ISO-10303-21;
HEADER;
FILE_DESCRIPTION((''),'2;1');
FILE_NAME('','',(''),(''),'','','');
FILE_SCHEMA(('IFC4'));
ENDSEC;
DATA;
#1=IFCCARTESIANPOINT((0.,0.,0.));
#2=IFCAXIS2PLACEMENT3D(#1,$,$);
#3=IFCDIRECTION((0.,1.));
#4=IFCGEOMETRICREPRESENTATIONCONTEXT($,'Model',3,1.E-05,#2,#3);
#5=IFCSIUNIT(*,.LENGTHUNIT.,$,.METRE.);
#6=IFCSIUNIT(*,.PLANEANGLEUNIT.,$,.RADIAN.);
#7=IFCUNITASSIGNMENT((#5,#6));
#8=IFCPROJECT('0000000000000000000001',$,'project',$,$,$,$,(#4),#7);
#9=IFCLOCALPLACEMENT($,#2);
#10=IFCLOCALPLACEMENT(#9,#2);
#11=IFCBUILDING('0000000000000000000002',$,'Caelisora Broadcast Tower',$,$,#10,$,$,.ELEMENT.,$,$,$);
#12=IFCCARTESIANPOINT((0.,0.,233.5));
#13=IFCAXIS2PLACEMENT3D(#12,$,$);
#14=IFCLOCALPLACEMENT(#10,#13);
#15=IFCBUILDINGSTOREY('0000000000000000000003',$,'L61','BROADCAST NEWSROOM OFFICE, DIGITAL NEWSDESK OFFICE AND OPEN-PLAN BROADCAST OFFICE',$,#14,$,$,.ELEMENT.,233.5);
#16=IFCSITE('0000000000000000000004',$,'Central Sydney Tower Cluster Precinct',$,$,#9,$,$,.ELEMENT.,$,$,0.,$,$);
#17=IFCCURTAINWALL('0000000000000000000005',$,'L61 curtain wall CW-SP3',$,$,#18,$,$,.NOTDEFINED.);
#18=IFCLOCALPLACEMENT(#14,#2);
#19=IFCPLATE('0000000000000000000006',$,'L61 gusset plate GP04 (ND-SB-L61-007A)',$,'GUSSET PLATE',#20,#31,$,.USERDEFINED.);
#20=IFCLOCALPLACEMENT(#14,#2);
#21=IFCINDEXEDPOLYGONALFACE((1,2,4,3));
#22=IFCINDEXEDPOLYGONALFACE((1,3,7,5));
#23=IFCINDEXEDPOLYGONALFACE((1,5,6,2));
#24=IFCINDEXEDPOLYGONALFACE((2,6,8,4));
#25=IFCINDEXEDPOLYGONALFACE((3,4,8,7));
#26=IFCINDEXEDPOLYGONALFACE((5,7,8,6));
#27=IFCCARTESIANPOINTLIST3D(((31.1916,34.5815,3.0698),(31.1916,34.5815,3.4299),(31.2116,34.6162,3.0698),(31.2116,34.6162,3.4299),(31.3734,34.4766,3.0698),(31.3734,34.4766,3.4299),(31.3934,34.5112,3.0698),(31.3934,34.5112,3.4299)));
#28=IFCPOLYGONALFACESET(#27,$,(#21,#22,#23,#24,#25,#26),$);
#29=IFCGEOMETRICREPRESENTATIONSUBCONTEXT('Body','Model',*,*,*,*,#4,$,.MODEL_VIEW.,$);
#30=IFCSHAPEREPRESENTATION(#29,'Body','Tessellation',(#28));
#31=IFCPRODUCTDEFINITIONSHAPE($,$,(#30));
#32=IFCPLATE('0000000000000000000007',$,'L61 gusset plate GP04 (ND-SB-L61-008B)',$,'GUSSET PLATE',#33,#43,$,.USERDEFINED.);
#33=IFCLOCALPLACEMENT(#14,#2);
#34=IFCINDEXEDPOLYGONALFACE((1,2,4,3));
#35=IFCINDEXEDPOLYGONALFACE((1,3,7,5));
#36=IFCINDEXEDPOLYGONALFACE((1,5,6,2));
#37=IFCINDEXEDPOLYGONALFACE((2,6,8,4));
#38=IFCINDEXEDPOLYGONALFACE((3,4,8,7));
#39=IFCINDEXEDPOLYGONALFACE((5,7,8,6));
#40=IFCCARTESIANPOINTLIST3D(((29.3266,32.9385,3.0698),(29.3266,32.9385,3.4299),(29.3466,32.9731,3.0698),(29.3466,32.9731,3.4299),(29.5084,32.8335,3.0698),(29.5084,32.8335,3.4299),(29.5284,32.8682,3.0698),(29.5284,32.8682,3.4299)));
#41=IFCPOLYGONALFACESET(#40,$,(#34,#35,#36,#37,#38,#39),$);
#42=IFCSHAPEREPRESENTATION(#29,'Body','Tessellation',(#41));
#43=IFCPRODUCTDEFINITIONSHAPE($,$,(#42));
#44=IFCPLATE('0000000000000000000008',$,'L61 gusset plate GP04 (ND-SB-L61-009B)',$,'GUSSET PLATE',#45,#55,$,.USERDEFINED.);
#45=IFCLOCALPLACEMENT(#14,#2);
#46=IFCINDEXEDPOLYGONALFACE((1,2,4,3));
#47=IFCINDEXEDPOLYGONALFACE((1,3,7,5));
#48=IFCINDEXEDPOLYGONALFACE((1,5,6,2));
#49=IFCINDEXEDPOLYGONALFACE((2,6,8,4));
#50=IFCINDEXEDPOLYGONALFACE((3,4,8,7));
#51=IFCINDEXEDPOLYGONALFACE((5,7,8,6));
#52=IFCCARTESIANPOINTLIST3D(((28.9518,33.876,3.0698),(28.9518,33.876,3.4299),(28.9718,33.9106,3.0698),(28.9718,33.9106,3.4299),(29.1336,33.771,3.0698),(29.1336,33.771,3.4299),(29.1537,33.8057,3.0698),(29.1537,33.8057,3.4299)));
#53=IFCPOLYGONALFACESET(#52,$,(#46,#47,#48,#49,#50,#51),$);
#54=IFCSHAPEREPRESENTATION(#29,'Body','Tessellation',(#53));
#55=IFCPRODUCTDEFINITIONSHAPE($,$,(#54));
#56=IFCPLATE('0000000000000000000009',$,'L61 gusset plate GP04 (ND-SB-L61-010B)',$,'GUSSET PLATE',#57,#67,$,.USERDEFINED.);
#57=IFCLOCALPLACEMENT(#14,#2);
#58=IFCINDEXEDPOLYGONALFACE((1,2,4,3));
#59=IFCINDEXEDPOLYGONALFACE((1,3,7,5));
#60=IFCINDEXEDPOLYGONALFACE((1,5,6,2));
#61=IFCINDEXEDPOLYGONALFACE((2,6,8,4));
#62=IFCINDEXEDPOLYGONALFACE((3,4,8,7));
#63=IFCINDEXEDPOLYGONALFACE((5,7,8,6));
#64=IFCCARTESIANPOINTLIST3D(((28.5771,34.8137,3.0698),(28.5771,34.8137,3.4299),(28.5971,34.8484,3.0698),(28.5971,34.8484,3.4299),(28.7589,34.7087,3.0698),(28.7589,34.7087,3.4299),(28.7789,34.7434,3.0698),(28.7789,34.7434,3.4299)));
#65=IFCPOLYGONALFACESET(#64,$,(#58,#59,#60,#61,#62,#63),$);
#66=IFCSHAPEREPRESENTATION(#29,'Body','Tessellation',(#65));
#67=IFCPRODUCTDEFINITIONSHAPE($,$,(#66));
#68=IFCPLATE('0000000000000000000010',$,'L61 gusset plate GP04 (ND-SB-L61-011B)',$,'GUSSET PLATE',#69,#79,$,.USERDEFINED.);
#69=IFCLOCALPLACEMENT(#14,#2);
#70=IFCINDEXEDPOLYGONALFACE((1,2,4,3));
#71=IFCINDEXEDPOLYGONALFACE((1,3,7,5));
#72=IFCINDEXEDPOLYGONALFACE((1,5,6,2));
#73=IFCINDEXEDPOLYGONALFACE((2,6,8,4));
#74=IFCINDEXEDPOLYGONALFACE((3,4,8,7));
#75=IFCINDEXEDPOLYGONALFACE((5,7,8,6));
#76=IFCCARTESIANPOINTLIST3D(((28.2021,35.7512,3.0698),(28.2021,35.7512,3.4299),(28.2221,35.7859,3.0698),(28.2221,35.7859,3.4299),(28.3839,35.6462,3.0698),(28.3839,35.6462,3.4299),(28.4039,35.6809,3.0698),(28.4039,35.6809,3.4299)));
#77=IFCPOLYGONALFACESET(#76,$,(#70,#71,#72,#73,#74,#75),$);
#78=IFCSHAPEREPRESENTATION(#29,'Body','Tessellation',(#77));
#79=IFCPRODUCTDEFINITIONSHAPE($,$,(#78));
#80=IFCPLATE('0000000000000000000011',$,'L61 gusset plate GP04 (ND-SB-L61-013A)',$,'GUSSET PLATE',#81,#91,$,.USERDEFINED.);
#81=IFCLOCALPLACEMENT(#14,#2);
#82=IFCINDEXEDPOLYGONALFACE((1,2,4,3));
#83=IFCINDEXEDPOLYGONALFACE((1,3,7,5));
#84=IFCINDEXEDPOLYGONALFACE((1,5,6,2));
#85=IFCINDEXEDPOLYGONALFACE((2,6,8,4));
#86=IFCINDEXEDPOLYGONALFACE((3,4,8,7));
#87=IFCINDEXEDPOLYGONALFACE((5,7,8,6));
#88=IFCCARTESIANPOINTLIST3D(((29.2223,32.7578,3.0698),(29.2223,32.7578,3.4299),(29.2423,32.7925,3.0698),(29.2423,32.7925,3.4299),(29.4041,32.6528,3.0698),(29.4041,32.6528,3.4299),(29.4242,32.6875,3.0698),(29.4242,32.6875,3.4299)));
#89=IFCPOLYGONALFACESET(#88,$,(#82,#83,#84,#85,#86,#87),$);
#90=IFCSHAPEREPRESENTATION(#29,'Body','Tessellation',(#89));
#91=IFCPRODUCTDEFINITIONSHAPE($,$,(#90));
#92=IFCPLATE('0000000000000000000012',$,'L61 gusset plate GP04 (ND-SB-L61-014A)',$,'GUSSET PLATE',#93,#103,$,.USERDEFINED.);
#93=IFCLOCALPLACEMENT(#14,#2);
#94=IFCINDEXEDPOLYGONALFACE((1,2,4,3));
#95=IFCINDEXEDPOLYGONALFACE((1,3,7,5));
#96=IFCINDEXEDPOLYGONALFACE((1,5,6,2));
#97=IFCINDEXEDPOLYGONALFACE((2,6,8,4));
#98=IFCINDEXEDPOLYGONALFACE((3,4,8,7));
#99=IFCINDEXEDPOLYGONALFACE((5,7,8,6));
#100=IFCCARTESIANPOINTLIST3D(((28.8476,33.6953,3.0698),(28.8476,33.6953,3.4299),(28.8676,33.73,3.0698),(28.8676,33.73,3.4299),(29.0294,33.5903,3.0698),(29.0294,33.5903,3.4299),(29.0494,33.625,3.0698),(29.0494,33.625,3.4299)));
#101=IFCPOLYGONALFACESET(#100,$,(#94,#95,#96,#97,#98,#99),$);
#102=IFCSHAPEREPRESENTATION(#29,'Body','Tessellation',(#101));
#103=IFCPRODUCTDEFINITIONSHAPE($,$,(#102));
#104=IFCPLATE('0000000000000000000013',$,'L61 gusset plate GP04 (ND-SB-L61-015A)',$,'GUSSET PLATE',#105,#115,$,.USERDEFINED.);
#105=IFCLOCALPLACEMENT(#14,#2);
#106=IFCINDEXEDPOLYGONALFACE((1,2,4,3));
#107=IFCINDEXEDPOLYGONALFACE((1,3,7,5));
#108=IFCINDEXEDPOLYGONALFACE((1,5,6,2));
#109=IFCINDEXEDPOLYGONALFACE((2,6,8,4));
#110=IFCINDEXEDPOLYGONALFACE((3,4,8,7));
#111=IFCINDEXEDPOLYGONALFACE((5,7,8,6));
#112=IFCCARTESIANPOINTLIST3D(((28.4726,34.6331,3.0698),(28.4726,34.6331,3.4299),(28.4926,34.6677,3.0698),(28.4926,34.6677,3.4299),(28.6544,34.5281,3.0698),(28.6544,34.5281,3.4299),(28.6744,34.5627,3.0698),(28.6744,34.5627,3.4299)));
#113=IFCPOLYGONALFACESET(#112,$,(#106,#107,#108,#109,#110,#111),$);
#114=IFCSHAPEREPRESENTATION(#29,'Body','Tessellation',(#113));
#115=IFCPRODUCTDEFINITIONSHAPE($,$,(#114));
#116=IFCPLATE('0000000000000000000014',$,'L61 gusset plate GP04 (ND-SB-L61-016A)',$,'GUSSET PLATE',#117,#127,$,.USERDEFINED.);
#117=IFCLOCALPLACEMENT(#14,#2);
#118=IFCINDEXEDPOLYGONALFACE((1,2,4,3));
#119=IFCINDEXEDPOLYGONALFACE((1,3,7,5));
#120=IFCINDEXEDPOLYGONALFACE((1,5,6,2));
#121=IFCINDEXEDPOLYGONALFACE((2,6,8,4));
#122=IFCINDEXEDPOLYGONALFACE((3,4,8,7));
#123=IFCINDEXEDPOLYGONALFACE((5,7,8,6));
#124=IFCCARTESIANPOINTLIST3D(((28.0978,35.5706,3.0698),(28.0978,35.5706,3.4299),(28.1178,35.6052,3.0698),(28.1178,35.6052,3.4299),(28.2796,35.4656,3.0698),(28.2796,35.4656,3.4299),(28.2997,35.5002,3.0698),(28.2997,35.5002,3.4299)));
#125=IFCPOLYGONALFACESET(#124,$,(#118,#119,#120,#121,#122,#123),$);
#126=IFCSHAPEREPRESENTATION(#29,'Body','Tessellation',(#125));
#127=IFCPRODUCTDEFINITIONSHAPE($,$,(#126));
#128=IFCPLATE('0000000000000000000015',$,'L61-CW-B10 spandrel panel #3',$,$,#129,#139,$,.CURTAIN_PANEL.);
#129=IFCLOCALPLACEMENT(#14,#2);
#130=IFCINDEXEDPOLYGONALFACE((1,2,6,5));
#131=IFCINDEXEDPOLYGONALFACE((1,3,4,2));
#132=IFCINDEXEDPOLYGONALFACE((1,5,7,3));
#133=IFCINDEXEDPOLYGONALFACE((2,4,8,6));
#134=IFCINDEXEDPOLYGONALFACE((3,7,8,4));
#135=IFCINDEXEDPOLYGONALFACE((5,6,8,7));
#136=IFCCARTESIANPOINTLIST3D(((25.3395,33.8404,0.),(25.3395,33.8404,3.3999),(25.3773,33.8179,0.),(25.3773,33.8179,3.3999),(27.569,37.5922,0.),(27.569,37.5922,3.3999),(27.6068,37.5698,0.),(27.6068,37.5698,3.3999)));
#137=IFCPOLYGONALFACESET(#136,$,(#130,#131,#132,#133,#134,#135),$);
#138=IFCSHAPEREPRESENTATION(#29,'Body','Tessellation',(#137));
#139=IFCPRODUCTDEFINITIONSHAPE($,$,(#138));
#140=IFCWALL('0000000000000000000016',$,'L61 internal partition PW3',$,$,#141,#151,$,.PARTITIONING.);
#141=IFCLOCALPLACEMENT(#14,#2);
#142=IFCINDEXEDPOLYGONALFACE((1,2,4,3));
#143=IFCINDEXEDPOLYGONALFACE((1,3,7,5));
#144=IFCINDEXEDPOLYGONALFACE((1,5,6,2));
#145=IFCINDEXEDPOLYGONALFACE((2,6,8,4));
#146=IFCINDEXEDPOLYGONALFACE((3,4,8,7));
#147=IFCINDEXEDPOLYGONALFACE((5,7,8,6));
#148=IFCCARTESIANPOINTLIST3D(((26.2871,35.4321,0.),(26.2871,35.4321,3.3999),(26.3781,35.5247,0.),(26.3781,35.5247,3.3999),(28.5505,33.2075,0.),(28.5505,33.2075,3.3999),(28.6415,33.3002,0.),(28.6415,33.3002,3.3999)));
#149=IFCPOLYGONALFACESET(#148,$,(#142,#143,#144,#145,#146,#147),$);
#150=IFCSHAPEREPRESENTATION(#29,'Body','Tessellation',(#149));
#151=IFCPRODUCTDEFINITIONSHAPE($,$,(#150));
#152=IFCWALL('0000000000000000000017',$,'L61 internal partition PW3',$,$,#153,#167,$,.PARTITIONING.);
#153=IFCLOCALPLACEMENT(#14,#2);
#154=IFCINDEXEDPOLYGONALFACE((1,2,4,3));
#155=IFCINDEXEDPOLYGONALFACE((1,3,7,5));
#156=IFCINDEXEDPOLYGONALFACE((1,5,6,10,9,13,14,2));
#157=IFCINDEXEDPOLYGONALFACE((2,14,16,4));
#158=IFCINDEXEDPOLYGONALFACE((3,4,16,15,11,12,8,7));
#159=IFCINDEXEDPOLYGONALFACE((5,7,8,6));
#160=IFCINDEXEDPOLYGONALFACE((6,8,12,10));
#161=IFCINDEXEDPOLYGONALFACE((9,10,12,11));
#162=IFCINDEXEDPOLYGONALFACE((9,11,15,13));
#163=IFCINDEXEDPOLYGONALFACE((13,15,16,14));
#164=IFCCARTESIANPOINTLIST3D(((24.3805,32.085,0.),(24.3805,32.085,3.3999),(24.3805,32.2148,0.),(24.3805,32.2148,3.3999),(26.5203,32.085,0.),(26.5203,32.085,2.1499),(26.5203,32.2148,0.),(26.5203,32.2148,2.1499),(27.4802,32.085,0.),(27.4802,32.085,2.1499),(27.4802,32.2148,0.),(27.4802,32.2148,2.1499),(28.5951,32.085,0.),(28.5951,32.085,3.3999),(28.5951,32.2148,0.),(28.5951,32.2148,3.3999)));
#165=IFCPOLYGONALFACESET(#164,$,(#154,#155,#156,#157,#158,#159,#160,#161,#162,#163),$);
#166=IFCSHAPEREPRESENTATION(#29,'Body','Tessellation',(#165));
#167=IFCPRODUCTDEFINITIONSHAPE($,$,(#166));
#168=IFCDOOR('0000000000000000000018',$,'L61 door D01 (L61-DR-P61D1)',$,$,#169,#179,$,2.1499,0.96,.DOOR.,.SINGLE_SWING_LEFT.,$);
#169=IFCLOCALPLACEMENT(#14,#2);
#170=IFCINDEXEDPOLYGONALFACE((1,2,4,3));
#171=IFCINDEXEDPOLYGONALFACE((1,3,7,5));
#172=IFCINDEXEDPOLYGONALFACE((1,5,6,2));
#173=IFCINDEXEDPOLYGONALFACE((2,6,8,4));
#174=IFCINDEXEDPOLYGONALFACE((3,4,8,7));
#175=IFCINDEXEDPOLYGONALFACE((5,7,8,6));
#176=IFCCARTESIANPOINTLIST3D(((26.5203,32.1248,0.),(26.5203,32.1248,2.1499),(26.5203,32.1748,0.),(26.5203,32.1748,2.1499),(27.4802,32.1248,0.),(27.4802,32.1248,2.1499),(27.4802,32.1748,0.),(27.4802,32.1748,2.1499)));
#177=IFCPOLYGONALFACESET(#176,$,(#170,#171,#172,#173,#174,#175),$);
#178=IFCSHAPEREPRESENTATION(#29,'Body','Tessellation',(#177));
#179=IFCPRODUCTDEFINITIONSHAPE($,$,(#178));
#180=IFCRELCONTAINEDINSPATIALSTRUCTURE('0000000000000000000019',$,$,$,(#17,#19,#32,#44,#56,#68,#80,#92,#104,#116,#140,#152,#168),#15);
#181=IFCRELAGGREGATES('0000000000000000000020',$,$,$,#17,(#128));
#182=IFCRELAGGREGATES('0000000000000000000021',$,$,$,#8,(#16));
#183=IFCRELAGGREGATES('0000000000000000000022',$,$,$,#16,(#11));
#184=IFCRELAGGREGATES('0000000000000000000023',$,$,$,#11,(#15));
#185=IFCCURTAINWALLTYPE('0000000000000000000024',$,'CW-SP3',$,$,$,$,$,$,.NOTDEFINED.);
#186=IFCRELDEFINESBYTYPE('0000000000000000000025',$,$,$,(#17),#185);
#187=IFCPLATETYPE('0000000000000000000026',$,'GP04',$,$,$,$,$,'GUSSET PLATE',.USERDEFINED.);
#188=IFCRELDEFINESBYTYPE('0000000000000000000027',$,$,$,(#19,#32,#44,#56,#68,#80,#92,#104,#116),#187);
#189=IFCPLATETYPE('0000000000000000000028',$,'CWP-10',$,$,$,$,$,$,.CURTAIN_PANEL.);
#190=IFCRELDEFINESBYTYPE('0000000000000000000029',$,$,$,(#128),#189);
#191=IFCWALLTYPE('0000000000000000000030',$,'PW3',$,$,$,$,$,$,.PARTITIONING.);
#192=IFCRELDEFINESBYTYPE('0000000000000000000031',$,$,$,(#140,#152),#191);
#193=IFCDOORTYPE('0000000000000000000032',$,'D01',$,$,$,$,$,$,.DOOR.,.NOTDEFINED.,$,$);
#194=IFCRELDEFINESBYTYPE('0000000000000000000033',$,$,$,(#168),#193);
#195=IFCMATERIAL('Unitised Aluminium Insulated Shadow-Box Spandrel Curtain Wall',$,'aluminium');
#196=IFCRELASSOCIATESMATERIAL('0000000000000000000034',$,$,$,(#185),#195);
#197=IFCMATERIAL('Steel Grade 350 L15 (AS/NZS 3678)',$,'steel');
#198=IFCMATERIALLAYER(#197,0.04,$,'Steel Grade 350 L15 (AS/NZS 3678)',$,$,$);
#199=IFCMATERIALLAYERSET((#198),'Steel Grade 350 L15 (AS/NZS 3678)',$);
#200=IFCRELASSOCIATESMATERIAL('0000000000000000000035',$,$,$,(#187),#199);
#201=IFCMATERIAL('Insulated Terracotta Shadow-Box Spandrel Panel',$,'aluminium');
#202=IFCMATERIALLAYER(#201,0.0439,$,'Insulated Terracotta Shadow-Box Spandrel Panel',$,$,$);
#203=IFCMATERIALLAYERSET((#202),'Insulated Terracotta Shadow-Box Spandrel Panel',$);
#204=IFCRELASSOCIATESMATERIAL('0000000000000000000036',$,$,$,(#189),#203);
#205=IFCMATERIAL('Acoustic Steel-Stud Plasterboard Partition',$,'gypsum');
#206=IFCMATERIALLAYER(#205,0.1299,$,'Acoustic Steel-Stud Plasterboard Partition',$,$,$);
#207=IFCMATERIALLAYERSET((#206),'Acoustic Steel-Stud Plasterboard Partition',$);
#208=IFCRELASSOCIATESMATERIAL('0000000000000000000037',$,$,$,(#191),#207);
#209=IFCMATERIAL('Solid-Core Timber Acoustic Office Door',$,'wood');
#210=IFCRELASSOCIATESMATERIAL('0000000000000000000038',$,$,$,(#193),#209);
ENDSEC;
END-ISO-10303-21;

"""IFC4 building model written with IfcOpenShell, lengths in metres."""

from ifc_helpers import new_model, si_unit, direction, frame, frame_2d, origin, origin_2d, place, context, subcontext, project, spatial, rectangle, extrude, source, transform, mapped, material, layer, layer_set, type_object, type_shapes, element, fill, aggregate, save


model = new_model("IFC4")

# Units and contexts
model_context = context("Model", 3, precision=1e-05, world=origin(), true_north=direction((0.0, 1.0)))
body_context = subcontext(model_context, "Body", "Model", "MODEL_VIEW")
ifc_project = project(units=[si_unit("LENGTHUNIT", "METRE"), si_unit("PLANEANGLEUNIT", "RADIAN")], contexts=[model_context])

# Site, building, storey
site_placement = place(None, origin())
site = spatial("IfcSite", under=ifc_project, at=site_placement, Name="Central Sydney Tower Cluster Precinct", CompositionType="ELEMENT", RefElevation=0.0)
building_placement = place(site_placement, origin())
building = spatial("IfcBuilding", under=site, at=building_placement, Name="Caelisora Broadcast Tower", CompositionType="ELEMENT")
storey_placement = place(building_placement, frame((0.0, 0.0, 233.5)))
storey = spatial("IfcBuildingStorey", under=building, at=storey_placement, Name="L61", Description="BROADCAST NEWSROOM OFFICE, DIGITAL NEWSDESK OFFICE AND OPEN-PLAN BROADCAST OFFICE", CompositionType="ELEMENT", Elevation=233.5)

# Curtain wall
ifc_material_1 = material(Name="Unitised Aluminium Insulated Shadow-Box Spandrel Curtain Wall", Category="aluminium")
curtain_wall_type = type_object("IfcCurtainWallType", Name="CW-SP3", PredefinedType="NOTDEFINED", material=ifc_material_1)
curtain_wall_placement = place(storey_placement, origin())
curtain_wall = element("IfcCurtainWall", 1, at=curtain_wall_placement, inside=storey, type_object=curtain_wall_type, Name="L61 curtain wall CW-SP3", PredefinedType="NOTDEFINED")

# Plates
ifc_material_2 = material(Name="Steel Grade 350 L15 (AS/NZS 3678)", Category="steel")
ifc_layer_1 = layer(ifc_material_2, 0.04, Name="Steel Grade 350 L15 (AS/NZS 3678)")
ifc_layer_set_1 = layer_set([ifc_layer_1], Name="Steel Grade 350 L15 (AS/NZS 3678)")
plate_type_1 = type_object("IfcPlateType", Name="GP04", ElementType="GUSSET PLATE", PredefinedType="USERDEFINED", material=ifc_layer_set_1)
shared_shape_1 = source(origin(), body_context, "Body", "SweptSolid", [
    extrude(rectangle(XDim=0.21, YDim=0.04, at=origin_2d()), origin(), (0.0, 0.0, 1.0), 0.3601),
])
type_shapes(plate_type_1, [shared_shape_1])
for number, where, z_axis, x_axis, name in (
    (2, (31.2925, 34.5464, 3.0698), (0.0, 0.0, 1.0), (0.866025, -0.5, 0.0), "L61 gusset plate GP04 (ND-SB-L61-007A)"),
    (3, (29.4275, 32.9033, 3.0698), (0.0, 0.0, 1.0), (0.866025, -0.5, 0.0), "L61 gusset plate GP04 (ND-SB-L61-008B)"),
    (4, (29.0527, 33.8408, 3.0698), (0.0, 0.0, 1.0), (0.866025, -0.5, 0.0), "L61 gusset plate GP04 (ND-SB-L61-009B)"),
    (5, (28.678, 34.7786, 3.0698), (0.0, 0.0, 1.0), (0.866025, -0.5, 0.0), "L61 gusset plate GP04 (ND-SB-L61-010B)"),
    (6, (28.303, 35.7161, 3.0698), (0.0, 0.0, 1.0), (0.866025, -0.5, 0.0), "L61 gusset plate GP04 (ND-SB-L61-011B)"),
    (7, (29.3232, 32.7227, 3.0698), (0.0, 0.0, 1.0), (0.866025, -0.5, 0.0), "L61 gusset plate GP04 (ND-SB-L61-013A)"),
    (8, (28.9485, 33.6602, 3.0698), (0.0, 0.0, 1.0), (0.866025, -0.5, 0.0), "L61 gusset plate GP04 (ND-SB-L61-014A)"),
    (9, (28.5735, 34.5979, 3.0698), (0.0, 0.0, 1.0), (0.866025, -0.5, 0.0), "L61 gusset plate GP04 (ND-SB-L61-015A)"),
    (10, (28.1987, 35.5354, 3.0698), (0.0, 0.0, 1.0), (0.866025, -0.5, 0.0), "L61 gusset plate GP04 (ND-SB-L61-016A)"),
):
    element("IfcPlate", number, at=place(storey_placement, frame(where, z_axis=z_axis, x_axis=x_axis)), inside=storey, type_object=plate_type_1, Name=name, ObjectType="GUSSET PLATE", PredefinedType="USERDEFINED", context=body_context, shape_type="MappedRepresentation", body=[
        mapped(shared_shape_1, transform((0.0, 0.0, 0.0), scale=1.0)),
    ])

# Plate
ifc_material_3 = material(Name="Insulated Terracotta Shadow-Box Spandrel Panel", Category="aluminium")
ifc_layer_2 = layer(ifc_material_3, 0.0439, Name="Insulated Terracotta Shadow-Box Spandrel Panel")
ifc_layer_set_2 = layer_set([ifc_layer_2], Name="Insulated Terracotta Shadow-Box Spandrel Panel")
plate_type_2 = type_object("IfcPlateType", Name="CWP-10", PredefinedType="CURTAIN_PANEL", material=ifc_layer_set_2)
shared_shape_2 = source(origin(), body_context, "Body", "SweptSolid", [
    extrude(rectangle(XDim=4.3643, YDim=0.0439, at=origin_2d()), origin(), (0.0, 0.0, 1.0), 3.3999),
])
type_shapes(plate_type_2, [shared_shape_2])
plate_placement = place(storey_placement, frame((26.4731, 35.7051, 0.0), z_axis=(0.0, 0.0, 1.0), x_axis=(0.510843, 0.859674, 0.0)))
plate = element("IfcPlate", 11, at=plate_placement, type_object=plate_type_2, Name="L61-CW-B10 spandrel panel #3", PredefinedType="CURTAIN_PANEL", context=body_context, shape_type="MappedRepresentation", body=[
    mapped(shared_shape_2, transform((0.0, 0.0, 0.0), scale=1.0)),
])
aggregate(curtain_wall, [plate])

# Wall
ifc_material_4 = material(Name="Acoustic Steel-Stud Plasterboard Partition", Category="gypsum")
ifc_layer_3 = layer(ifc_material_4, 0.1299, Name="Acoustic Steel-Stud Plasterboard Partition")
ifc_layer_set_3 = layer_set([ifc_layer_3], Name="Acoustic Steel-Stud Plasterboard Partition")
wall_type_1 = type_object("IfcWallType", Name="PW3", PredefinedType="PARTITIONING", material=ifc_layer_set_3)
wall_1_placement = place(storey_placement, frame((26.3325, 35.4785, 0.0), z_axis=(0.0, 0.0, 1.0), x_axis=(0.713196, -0.700965, 0.0)))
element("IfcWall", 12, at=wall_1_placement, inside=storey, type_object=wall_type_1, Name="L61 internal partition PW3", PredefinedType="PARTITIONING", context=body_context, shape_type="SweptSolid", body=[
    extrude(rectangle(XDim=3.1736, YDim=0.1299, at=frame_2d((1.5869, 0.0))), origin(), (0.0, 0.0, 1.0), 3.3999),
])

# Wall, opening, door
wall_2_placement = place(storey_placement, frame((24.3804, 32.1499, 0.0), z_axis=(0.0, 0.0, 1.0), x_axis=(1.0, 0.0, 0.0)))
wall_2 = element("IfcWall", 13, at=wall_2_placement, inside=storey, type_object=wall_type_1, Name="L61 internal partition PW3", PredefinedType="PARTITIONING", context=body_context, shape_type="SweptSolid", body=[
    extrude(rectangle(XDim=4.2146, YDim=0.1299, at=frame_2d((2.1074, 0.0))), origin(), (0.0, 0.0, 1.0), 3.3999),
])
opening_1_placement = place(wall_2_placement, frame((2.1399, 0.0, 0.0)))
opening_1 = element("IfcOpeningElement", 14, at=opening_1_placement, cuts=wall_2, PredefinedType="OPENING", context=body_context, shape_type="SweptSolid", body=[
    extrude(rectangle(XDim=0.96, YDim=2.1499, at=frame_2d((0.48, 1.075))), frame((0.0, 0.0769, 0.0), z_axis=(0.0, -1.0, 0.0), x_axis=(1.0, 0.0, 0.0)), (0.0, 0.0, 1.0), 0.1538),
])
ifc_material_5 = material(Name="Solid-Core Timber Acoustic Office Door", Category="wood")
door_type_1 = type_object("IfcDoorType", Name="D01", OperationType="NOTDEFINED", PredefinedType="DOOR", material=ifc_material_5)
door_1_placement = place(opening_1_placement, origin())
door_1 = element("IfcDoor", 15, at=door_1_placement, inside=storey, type_object=door_type_1, Name="L61 door D01 (L61-DR-P61D1)", OperationType="SINGLE_SWING_LEFT", OverallHeight=2.1499, OverallWidth=0.96, PredefinedType="DOOR", context=body_context, shape_type="SweptSolid", body=[
    extrude(rectangle(XDim=0.96, YDim=2.1499, at=frame_2d((0.48, 1.075))), frame((0.0, 0.0249, 0.0), z_axis=(0.0, -1.0, 0.0), x_axis=(1.0, 0.0, 0.0)), (0.0, 0.0, 1.0), 0.05),
])
fill(opening_1, door_1)

save(model, "model.ifc")
